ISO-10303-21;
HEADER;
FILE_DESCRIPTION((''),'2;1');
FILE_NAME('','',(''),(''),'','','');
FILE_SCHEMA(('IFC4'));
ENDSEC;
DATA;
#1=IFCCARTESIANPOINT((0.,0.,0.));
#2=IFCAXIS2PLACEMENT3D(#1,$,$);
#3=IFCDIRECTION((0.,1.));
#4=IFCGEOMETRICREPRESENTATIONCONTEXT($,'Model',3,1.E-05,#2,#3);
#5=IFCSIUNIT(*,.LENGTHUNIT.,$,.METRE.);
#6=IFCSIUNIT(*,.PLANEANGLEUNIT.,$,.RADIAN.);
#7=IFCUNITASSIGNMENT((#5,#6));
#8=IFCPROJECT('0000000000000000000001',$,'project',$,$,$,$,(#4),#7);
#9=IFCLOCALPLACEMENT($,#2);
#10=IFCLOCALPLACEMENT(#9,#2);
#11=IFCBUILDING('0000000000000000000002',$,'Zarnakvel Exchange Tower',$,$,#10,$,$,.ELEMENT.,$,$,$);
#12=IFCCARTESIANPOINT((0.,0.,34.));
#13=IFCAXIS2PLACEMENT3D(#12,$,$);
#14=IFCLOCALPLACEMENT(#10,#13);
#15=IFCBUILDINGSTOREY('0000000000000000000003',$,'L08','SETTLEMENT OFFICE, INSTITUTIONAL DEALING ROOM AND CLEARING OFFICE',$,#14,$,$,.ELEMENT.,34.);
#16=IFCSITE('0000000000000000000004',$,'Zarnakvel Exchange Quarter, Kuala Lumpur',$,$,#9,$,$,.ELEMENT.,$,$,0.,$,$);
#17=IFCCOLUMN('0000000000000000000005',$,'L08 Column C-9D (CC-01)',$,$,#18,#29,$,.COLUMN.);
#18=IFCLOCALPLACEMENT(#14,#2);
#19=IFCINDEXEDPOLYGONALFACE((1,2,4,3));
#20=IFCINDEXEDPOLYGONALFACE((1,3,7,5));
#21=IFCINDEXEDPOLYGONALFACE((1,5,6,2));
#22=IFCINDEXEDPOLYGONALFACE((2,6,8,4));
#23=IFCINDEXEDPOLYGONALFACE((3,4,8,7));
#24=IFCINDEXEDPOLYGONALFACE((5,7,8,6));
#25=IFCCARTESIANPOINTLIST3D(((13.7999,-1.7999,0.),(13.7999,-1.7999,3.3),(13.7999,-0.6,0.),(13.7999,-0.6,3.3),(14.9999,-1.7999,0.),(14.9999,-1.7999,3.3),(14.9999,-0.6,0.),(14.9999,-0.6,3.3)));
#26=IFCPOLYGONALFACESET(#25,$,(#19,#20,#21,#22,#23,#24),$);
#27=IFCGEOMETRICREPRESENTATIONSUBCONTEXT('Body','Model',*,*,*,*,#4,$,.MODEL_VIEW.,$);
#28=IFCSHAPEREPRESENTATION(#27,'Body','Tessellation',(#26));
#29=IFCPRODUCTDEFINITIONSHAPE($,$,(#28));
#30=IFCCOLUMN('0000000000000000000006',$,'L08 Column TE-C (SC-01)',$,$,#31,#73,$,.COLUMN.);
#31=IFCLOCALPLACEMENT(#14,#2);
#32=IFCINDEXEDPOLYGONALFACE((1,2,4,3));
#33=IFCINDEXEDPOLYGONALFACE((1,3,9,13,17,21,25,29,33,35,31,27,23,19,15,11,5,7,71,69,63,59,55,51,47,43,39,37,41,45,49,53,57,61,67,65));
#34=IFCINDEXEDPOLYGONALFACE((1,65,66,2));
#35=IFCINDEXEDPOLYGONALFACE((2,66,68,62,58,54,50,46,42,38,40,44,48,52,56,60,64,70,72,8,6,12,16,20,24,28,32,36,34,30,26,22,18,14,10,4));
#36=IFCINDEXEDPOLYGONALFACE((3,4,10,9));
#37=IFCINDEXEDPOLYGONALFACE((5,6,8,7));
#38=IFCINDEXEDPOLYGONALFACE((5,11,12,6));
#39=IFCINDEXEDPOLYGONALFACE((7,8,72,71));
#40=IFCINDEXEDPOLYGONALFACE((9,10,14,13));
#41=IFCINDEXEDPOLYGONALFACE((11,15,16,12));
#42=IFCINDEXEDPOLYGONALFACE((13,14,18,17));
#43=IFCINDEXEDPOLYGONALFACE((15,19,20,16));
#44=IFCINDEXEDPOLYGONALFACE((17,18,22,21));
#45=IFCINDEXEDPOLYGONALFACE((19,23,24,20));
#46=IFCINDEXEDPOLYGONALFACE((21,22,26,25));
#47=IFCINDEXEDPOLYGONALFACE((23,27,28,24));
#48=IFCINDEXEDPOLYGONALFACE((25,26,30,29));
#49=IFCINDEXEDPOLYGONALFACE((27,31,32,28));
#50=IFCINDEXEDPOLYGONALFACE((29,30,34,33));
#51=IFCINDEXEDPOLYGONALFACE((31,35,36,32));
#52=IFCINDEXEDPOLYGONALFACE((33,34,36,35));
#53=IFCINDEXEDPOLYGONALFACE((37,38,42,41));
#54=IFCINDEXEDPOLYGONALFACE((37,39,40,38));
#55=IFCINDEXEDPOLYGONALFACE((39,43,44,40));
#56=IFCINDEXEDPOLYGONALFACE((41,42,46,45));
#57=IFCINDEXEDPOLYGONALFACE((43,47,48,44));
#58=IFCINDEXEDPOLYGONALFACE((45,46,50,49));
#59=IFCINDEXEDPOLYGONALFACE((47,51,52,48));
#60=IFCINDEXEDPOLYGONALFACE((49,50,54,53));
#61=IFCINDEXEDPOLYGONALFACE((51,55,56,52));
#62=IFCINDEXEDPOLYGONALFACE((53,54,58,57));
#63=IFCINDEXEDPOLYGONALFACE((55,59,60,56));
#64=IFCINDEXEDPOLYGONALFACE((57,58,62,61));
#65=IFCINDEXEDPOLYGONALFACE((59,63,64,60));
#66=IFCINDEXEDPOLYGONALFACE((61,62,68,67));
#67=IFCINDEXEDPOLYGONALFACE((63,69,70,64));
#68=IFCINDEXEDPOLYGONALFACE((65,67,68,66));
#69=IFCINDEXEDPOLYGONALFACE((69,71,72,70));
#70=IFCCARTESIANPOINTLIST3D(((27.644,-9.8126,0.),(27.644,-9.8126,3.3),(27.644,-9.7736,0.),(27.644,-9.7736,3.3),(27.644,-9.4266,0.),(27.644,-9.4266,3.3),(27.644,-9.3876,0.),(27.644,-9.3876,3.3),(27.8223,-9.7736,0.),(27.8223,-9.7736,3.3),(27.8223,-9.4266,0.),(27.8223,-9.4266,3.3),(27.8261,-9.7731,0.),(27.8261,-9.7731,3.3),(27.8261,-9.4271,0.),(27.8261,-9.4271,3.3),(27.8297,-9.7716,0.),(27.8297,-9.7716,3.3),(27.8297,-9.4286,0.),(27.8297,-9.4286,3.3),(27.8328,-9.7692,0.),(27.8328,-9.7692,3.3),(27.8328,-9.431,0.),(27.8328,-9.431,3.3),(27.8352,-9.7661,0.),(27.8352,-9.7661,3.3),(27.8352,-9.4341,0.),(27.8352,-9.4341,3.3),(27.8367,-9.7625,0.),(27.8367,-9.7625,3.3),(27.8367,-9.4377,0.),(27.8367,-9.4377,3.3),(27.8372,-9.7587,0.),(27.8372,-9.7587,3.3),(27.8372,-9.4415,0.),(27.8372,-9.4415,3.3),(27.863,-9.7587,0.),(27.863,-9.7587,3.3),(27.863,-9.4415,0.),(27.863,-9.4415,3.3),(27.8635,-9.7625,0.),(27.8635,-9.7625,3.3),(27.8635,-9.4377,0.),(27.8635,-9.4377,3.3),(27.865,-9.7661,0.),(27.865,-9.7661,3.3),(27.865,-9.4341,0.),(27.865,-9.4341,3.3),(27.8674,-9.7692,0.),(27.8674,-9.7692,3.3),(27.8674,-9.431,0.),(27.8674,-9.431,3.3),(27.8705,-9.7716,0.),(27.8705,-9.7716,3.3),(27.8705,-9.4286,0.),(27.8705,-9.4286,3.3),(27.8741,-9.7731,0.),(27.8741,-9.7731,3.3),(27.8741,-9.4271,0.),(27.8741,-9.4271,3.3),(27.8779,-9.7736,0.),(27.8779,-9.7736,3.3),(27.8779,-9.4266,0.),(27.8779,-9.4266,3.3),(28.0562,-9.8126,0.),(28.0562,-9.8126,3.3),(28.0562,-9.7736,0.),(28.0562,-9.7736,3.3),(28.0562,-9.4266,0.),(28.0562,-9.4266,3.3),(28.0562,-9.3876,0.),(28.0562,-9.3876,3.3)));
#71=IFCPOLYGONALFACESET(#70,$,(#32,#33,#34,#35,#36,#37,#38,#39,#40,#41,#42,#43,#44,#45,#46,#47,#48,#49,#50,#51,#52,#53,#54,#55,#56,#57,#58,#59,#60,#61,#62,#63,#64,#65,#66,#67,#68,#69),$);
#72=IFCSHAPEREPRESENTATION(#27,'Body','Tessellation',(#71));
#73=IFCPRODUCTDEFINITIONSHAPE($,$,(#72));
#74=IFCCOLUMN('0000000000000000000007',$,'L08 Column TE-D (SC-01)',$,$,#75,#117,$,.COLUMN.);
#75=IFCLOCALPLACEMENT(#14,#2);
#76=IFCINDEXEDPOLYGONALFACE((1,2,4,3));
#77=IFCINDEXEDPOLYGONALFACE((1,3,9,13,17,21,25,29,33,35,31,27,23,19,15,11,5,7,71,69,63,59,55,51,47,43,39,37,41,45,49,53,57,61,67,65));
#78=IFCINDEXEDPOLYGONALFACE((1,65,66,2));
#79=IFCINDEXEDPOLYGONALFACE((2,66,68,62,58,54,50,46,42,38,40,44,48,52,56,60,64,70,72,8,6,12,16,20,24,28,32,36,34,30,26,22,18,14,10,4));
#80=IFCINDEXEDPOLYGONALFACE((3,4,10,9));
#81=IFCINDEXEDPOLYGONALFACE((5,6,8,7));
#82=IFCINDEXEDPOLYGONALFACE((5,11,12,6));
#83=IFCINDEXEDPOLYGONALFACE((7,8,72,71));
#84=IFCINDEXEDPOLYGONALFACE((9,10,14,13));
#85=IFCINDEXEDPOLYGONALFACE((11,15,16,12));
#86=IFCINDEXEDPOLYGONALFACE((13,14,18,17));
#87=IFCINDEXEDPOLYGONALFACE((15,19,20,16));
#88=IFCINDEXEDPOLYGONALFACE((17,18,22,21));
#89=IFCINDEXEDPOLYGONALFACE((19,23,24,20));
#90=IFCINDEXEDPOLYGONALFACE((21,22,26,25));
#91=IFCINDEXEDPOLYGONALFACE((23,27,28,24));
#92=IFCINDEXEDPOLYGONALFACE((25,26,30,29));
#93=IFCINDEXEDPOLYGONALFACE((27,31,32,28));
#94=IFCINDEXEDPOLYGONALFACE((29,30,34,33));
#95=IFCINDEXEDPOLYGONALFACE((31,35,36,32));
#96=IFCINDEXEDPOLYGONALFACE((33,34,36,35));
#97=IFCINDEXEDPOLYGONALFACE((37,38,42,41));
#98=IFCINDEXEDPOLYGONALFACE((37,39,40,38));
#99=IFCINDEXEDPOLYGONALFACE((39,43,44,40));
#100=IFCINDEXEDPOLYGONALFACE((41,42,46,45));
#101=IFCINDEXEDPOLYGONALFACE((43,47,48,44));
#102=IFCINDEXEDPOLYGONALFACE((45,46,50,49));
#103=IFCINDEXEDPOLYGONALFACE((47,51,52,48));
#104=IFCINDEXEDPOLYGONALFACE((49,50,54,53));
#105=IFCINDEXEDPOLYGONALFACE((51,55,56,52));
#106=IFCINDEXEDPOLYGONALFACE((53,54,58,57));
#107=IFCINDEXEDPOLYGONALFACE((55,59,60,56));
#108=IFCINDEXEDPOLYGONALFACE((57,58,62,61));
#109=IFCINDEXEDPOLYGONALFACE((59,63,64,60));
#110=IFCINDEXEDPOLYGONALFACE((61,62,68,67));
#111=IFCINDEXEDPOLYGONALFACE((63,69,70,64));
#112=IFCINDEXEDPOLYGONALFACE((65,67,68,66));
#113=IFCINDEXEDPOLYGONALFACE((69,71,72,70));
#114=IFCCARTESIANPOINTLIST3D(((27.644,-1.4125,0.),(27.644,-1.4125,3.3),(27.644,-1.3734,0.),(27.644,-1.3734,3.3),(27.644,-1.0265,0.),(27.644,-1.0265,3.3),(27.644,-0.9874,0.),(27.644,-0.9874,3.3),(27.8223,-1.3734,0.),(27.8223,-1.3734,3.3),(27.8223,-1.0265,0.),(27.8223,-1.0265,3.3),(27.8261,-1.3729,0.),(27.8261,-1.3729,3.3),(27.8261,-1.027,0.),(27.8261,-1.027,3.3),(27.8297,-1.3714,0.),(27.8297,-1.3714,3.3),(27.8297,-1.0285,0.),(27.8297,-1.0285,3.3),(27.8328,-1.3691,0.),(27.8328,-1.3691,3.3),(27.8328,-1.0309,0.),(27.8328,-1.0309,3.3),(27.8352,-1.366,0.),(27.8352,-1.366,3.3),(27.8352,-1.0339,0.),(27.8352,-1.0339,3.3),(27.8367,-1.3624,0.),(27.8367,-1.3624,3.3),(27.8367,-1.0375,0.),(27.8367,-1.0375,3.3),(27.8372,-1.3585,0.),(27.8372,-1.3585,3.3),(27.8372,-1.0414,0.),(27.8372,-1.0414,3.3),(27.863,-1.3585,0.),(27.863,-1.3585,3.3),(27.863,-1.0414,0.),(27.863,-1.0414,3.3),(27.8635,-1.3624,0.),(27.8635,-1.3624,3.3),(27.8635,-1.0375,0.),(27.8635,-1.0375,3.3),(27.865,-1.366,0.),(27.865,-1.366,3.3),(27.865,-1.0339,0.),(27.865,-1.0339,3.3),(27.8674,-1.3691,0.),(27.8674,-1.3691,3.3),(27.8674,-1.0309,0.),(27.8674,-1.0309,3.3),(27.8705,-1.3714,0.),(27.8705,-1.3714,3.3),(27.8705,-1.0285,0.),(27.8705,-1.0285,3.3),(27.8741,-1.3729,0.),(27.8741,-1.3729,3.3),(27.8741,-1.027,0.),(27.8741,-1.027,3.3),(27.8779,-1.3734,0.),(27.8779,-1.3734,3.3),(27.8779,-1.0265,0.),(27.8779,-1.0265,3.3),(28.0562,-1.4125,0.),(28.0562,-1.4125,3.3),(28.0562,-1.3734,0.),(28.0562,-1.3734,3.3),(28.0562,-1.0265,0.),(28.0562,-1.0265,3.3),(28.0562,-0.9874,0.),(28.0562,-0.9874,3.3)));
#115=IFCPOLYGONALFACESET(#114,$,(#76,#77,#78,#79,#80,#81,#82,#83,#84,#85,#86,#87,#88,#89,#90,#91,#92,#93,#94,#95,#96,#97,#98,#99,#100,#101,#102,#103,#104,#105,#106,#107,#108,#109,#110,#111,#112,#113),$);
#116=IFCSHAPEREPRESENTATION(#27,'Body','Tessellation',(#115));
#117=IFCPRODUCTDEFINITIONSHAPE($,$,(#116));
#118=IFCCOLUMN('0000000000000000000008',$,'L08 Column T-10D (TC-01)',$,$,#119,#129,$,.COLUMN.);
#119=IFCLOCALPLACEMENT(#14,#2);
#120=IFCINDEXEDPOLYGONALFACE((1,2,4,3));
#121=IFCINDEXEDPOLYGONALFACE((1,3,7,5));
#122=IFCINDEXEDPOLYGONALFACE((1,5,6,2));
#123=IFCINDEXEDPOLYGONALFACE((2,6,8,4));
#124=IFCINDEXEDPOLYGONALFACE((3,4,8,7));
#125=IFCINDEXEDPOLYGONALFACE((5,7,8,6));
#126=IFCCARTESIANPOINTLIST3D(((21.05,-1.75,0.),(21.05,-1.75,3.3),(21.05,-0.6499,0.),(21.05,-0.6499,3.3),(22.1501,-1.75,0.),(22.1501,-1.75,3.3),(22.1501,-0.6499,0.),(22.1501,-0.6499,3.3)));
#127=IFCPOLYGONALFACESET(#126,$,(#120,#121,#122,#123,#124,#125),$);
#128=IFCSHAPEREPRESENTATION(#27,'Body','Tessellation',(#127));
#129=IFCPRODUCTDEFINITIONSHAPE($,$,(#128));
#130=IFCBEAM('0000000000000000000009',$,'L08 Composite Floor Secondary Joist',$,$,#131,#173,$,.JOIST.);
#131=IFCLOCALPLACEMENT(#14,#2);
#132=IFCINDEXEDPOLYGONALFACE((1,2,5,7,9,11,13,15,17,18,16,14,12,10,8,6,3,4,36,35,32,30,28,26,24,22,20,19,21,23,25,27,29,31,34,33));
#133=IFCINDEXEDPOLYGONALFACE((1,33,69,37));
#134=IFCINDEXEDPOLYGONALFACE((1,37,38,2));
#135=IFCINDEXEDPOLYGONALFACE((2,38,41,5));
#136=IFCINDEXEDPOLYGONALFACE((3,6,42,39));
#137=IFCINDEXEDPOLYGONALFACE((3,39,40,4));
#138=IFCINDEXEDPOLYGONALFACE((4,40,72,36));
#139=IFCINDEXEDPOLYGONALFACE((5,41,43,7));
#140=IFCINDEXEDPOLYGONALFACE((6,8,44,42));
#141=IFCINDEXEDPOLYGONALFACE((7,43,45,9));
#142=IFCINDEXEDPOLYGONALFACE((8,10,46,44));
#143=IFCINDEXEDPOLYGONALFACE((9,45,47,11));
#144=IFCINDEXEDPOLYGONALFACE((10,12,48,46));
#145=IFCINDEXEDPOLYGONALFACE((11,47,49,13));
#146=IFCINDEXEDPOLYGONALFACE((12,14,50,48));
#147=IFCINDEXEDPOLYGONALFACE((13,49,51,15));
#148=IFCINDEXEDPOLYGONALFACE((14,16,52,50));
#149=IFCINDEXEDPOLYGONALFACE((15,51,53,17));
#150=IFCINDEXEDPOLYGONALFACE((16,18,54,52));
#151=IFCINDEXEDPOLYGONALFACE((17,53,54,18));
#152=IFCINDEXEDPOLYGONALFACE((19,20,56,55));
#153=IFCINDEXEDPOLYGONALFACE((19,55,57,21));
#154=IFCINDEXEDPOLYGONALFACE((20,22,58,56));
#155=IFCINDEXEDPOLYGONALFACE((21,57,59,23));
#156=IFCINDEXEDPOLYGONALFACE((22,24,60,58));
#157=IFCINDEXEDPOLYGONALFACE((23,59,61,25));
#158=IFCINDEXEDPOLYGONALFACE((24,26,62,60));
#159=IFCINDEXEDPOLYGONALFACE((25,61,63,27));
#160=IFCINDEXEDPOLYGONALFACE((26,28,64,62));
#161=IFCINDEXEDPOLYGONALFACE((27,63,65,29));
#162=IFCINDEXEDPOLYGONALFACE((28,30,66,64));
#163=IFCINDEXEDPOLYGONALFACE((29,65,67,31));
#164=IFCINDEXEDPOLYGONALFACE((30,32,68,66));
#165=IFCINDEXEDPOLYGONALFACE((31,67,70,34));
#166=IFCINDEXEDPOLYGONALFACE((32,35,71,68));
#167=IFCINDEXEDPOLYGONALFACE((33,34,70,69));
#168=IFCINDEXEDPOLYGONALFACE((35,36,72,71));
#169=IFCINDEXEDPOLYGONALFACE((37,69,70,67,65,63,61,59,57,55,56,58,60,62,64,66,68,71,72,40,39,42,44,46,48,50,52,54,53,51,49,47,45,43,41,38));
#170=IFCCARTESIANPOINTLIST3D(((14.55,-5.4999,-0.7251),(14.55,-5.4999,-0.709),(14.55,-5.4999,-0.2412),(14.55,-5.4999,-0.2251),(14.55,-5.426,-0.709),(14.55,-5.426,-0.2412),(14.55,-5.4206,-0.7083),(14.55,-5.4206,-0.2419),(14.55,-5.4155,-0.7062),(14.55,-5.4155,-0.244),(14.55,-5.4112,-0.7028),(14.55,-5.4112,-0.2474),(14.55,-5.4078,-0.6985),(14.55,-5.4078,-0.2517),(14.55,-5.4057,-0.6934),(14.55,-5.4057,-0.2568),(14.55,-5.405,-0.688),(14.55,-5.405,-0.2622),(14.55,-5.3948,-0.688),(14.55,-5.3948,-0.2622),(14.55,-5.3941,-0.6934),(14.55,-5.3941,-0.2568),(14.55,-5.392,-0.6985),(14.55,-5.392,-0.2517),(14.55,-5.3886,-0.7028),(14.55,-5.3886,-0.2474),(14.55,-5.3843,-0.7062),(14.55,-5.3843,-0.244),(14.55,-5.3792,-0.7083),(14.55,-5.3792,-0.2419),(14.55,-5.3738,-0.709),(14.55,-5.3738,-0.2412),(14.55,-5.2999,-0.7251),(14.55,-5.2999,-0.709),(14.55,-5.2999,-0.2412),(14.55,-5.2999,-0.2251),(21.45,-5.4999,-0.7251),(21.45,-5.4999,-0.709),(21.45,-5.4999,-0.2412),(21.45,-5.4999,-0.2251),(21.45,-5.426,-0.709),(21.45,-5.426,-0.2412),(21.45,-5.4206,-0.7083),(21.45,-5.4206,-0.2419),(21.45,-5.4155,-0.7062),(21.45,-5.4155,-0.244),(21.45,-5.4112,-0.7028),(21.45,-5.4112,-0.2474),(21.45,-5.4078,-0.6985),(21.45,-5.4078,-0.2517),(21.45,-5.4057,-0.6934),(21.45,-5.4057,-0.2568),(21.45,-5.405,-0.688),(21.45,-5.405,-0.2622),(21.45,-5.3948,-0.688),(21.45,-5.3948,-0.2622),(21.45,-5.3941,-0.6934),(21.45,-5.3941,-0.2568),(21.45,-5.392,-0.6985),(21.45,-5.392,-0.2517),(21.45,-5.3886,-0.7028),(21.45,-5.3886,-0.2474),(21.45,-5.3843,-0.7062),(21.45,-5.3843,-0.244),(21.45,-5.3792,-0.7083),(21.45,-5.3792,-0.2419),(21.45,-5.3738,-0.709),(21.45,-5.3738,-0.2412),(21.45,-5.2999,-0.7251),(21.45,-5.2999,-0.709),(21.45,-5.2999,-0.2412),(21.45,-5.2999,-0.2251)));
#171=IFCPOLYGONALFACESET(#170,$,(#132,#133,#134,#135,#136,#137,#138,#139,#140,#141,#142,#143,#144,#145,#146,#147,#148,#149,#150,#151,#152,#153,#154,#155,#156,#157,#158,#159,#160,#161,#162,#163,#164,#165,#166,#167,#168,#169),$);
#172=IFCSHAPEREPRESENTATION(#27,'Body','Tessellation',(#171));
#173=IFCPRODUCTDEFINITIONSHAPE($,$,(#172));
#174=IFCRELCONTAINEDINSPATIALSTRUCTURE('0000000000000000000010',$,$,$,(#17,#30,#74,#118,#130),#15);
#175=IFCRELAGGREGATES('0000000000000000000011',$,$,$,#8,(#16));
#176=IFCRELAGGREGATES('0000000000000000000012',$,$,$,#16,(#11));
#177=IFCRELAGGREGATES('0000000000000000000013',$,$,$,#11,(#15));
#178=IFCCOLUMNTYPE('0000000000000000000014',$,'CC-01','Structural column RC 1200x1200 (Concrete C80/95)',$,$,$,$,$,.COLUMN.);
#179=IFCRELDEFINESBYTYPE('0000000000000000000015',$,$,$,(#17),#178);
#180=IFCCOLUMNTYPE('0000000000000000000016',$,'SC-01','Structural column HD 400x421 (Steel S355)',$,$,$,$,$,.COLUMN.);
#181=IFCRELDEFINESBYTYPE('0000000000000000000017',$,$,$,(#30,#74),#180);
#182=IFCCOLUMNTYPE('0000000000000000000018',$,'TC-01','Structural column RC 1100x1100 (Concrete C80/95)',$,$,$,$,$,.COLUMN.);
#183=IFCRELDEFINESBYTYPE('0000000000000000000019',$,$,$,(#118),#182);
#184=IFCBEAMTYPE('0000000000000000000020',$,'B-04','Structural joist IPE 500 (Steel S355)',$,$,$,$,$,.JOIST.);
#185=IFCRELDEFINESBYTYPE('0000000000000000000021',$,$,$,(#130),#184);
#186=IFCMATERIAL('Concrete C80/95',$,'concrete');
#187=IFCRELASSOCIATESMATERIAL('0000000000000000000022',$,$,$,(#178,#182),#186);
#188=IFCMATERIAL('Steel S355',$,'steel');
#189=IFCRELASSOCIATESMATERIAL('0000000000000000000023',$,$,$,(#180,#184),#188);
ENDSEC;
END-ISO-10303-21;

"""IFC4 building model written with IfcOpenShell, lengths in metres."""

from ifc_helpers import new_model, si_unit, direction, frame, origin, origin_2d, place, context, subcontext, project, spatial, rectangle, i_section, extrude, material, material_profile, profile_set, type_object, element, save


model = new_model("IFC4")

# Units and contexts
model_context = context("Model", 3, precision=1e-05, world=origin(), true_north=direction((0.0, 1.0)))
body_context = subcontext(model_context, "Body", "Model", "MODEL_VIEW")
ifc_project = project(units=[si_unit("LENGTHUNIT", "METRE"), si_unit("PLANEANGLEUNIT", "RADIAN")], contexts=[model_context])

# Site, building, storey
site_placement = place(None, origin())
site = spatial("IfcSite", under=ifc_project, at=site_placement, Name="Zarnakvel Exchange Quarter, Kuala Lumpur", CompositionType="ELEMENT", RefElevation=0.0)
building_placement = place(site_placement, origin())
building = spatial("IfcBuilding", under=site, at=building_placement, Name="Zarnakvel Exchange Tower", CompositionType="ELEMENT")
storey_placement = place(building_placement, frame((0.0, 0.0, 34.0)))
storey = spatial("IfcBuildingStorey", under=building, at=storey_placement, Name="L08", Description="SETTLEMENT OFFICE, INSTITUTIONAL DEALING ROOM AND CLEARING OFFICE", CompositionType="ELEMENT", Elevation=34.0)

# Columns
ifc_material_1 = material(Name="Concrete C80/95", Category="concrete")
ifc_material_profile_1 = material_profile(ifc_material_1, rectangle(XDim=1.2, YDim=1.2, at=origin_2d()))
ifc_profile_set_1 = profile_set([ifc_material_profile_1], Name="Concrete C80/95")
column_type_1 = type_object("IfcColumnType", Name="CC-01", Description="Structural column RC 1200x1200 (Concrete C80/95)", PredefinedType="COLUMN", material=ifc_profile_set_1)
column_1_placement = place(storey_placement, frame((14.3999, -1.2, 0.0), z_axis=(0.0, 0.0, 1.0), x_axis=(1.0, 0.0, 0.0)))
element("IfcColumn", 1, at=column_1_placement, inside=storey, type_object=column_type_1, Name="L08 Column C-9D (CC-01)", PredefinedType="COLUMN", context=body_context, shape_type="SweptSolid", body=[
    extrude(rectangle(XDim=1.2, YDim=1.2, at=origin_2d()), origin(), (0.0, 0.0, 1.0), 3.3),
])
ifc_material_2 = material(Name="Steel S355", Category="steel")
ifc_material_profile_2 = material_profile(ifc_material_2, i_section(OverallWidth=0.4121, OverallDepth=0.425, WebThickness=0.0259, FlangeThickness=0.0391, FilletRadius=0.0149, at=origin_2d()))
ifc_profile_set_2 = profile_set([ifc_material_profile_2], Name="Steel S355")
column_type_2 = type_object("IfcColumnType", Name="SC-01", Description="Structural column HD 400x421 (Steel S355)", PredefinedType="COLUMN", material=ifc_profile_set_2)
for number, where, z_axis, x_axis, name in (
    (2, (27.8501, -9.6001, 0.0), (0.0, 0.0, 1.0), (1.0, 0.0, 0.0), "L08 Column TE-C (SC-01)"),
    (3, (27.8501, -1.2, 0.0), (0.0, 0.0, 1.0), (1.0, 0.0, 0.0), "L08 Column TE-D (SC-01)"),
):
    element("IfcColumn", number, at=place(storey_placement, frame(where, z_axis=z_axis, x_axis=x_axis)), inside=storey, type_object=column_type_2, Name=name, PredefinedType="COLUMN", context=body_context, shape_type="SweptSolid", body=[
        extrude(i_section(OverallWidth=0.4121, OverallDepth=0.425, WebThickness=0.0259, FlangeThickness=0.0391, FilletRadius=0.0149, at=origin_2d()), origin(), (0.0, 0.0, 1.0), 3.3),
    ])
ifc_material_profile_3 = material_profile(ifc_material_1, rectangle(XDim=1.1001, YDim=1.1001, at=origin_2d()))
ifc_profile_set_3 = profile_set([ifc_material_profile_3], Name="Concrete C80/95")
column_type_3 = type_object("IfcColumnType", Name="TC-01", Description="Structural column RC 1100x1100 (Concrete C80/95)", PredefinedType="COLUMN", material=ifc_profile_set_3)
column_2_placement = place(storey_placement, frame((21.6001, -1.2, 0.0), z_axis=(0.0, 0.0, 1.0), x_axis=(1.0, 0.0, 0.0)))
element("IfcColumn", 4, at=column_2_placement, inside=storey, type_object=column_type_3, Name="L08 Column T-10D (TC-01)", PredefinedType="COLUMN", context=body_context, shape_type="SweptSolid", body=[
    extrude(rectangle(XDim=1.1001, YDim=1.1001, at=origin_2d()), origin(), (0.0, 0.0, 1.0), 3.3),
])

# Beam
ifc_material_profile_4 = material_profile(ifc_material_2, i_section(OverallWidth=0.2, OverallDepth=0.5, WebThickness=0.0103, FlangeThickness=0.0161, FilletRadius=0.021, at=origin_2d()))
ifc_profile_set_4 = profile_set([ifc_material_profile_4], Name="Steel S355")
beam_type_1 = type_object("IfcBeamType", Name="B-04", Description="Structural joist IPE 500 (Steel S355)", PredefinedType="JOIST", material=ifc_profile_set_4)
beam_1_placement = place(storey_placement, frame((14.55, -5.3999, -0.4751), z_axis=(1.0, 0.0, 0.0), x_axis=(0.0, 1.0, 0.0)))
element("IfcBeam", 5, at=beam_1_placement, inside=storey, type_object=beam_type_1, Name="L08 Composite Floor Secondary Joist", PredefinedType="JOIST", context=body_context, shape_type="SweptSolid", body=[
    extrude(i_section(OverallWidth=0.2, OverallDepth=0.5, WebThickness=0.0103, FlangeThickness=0.0161, FilletRadius=0.021, at=origin_2d()), origin(), (0.0, 0.0, 1.0), 6.8999),
])

save(model, "model.ifc")
